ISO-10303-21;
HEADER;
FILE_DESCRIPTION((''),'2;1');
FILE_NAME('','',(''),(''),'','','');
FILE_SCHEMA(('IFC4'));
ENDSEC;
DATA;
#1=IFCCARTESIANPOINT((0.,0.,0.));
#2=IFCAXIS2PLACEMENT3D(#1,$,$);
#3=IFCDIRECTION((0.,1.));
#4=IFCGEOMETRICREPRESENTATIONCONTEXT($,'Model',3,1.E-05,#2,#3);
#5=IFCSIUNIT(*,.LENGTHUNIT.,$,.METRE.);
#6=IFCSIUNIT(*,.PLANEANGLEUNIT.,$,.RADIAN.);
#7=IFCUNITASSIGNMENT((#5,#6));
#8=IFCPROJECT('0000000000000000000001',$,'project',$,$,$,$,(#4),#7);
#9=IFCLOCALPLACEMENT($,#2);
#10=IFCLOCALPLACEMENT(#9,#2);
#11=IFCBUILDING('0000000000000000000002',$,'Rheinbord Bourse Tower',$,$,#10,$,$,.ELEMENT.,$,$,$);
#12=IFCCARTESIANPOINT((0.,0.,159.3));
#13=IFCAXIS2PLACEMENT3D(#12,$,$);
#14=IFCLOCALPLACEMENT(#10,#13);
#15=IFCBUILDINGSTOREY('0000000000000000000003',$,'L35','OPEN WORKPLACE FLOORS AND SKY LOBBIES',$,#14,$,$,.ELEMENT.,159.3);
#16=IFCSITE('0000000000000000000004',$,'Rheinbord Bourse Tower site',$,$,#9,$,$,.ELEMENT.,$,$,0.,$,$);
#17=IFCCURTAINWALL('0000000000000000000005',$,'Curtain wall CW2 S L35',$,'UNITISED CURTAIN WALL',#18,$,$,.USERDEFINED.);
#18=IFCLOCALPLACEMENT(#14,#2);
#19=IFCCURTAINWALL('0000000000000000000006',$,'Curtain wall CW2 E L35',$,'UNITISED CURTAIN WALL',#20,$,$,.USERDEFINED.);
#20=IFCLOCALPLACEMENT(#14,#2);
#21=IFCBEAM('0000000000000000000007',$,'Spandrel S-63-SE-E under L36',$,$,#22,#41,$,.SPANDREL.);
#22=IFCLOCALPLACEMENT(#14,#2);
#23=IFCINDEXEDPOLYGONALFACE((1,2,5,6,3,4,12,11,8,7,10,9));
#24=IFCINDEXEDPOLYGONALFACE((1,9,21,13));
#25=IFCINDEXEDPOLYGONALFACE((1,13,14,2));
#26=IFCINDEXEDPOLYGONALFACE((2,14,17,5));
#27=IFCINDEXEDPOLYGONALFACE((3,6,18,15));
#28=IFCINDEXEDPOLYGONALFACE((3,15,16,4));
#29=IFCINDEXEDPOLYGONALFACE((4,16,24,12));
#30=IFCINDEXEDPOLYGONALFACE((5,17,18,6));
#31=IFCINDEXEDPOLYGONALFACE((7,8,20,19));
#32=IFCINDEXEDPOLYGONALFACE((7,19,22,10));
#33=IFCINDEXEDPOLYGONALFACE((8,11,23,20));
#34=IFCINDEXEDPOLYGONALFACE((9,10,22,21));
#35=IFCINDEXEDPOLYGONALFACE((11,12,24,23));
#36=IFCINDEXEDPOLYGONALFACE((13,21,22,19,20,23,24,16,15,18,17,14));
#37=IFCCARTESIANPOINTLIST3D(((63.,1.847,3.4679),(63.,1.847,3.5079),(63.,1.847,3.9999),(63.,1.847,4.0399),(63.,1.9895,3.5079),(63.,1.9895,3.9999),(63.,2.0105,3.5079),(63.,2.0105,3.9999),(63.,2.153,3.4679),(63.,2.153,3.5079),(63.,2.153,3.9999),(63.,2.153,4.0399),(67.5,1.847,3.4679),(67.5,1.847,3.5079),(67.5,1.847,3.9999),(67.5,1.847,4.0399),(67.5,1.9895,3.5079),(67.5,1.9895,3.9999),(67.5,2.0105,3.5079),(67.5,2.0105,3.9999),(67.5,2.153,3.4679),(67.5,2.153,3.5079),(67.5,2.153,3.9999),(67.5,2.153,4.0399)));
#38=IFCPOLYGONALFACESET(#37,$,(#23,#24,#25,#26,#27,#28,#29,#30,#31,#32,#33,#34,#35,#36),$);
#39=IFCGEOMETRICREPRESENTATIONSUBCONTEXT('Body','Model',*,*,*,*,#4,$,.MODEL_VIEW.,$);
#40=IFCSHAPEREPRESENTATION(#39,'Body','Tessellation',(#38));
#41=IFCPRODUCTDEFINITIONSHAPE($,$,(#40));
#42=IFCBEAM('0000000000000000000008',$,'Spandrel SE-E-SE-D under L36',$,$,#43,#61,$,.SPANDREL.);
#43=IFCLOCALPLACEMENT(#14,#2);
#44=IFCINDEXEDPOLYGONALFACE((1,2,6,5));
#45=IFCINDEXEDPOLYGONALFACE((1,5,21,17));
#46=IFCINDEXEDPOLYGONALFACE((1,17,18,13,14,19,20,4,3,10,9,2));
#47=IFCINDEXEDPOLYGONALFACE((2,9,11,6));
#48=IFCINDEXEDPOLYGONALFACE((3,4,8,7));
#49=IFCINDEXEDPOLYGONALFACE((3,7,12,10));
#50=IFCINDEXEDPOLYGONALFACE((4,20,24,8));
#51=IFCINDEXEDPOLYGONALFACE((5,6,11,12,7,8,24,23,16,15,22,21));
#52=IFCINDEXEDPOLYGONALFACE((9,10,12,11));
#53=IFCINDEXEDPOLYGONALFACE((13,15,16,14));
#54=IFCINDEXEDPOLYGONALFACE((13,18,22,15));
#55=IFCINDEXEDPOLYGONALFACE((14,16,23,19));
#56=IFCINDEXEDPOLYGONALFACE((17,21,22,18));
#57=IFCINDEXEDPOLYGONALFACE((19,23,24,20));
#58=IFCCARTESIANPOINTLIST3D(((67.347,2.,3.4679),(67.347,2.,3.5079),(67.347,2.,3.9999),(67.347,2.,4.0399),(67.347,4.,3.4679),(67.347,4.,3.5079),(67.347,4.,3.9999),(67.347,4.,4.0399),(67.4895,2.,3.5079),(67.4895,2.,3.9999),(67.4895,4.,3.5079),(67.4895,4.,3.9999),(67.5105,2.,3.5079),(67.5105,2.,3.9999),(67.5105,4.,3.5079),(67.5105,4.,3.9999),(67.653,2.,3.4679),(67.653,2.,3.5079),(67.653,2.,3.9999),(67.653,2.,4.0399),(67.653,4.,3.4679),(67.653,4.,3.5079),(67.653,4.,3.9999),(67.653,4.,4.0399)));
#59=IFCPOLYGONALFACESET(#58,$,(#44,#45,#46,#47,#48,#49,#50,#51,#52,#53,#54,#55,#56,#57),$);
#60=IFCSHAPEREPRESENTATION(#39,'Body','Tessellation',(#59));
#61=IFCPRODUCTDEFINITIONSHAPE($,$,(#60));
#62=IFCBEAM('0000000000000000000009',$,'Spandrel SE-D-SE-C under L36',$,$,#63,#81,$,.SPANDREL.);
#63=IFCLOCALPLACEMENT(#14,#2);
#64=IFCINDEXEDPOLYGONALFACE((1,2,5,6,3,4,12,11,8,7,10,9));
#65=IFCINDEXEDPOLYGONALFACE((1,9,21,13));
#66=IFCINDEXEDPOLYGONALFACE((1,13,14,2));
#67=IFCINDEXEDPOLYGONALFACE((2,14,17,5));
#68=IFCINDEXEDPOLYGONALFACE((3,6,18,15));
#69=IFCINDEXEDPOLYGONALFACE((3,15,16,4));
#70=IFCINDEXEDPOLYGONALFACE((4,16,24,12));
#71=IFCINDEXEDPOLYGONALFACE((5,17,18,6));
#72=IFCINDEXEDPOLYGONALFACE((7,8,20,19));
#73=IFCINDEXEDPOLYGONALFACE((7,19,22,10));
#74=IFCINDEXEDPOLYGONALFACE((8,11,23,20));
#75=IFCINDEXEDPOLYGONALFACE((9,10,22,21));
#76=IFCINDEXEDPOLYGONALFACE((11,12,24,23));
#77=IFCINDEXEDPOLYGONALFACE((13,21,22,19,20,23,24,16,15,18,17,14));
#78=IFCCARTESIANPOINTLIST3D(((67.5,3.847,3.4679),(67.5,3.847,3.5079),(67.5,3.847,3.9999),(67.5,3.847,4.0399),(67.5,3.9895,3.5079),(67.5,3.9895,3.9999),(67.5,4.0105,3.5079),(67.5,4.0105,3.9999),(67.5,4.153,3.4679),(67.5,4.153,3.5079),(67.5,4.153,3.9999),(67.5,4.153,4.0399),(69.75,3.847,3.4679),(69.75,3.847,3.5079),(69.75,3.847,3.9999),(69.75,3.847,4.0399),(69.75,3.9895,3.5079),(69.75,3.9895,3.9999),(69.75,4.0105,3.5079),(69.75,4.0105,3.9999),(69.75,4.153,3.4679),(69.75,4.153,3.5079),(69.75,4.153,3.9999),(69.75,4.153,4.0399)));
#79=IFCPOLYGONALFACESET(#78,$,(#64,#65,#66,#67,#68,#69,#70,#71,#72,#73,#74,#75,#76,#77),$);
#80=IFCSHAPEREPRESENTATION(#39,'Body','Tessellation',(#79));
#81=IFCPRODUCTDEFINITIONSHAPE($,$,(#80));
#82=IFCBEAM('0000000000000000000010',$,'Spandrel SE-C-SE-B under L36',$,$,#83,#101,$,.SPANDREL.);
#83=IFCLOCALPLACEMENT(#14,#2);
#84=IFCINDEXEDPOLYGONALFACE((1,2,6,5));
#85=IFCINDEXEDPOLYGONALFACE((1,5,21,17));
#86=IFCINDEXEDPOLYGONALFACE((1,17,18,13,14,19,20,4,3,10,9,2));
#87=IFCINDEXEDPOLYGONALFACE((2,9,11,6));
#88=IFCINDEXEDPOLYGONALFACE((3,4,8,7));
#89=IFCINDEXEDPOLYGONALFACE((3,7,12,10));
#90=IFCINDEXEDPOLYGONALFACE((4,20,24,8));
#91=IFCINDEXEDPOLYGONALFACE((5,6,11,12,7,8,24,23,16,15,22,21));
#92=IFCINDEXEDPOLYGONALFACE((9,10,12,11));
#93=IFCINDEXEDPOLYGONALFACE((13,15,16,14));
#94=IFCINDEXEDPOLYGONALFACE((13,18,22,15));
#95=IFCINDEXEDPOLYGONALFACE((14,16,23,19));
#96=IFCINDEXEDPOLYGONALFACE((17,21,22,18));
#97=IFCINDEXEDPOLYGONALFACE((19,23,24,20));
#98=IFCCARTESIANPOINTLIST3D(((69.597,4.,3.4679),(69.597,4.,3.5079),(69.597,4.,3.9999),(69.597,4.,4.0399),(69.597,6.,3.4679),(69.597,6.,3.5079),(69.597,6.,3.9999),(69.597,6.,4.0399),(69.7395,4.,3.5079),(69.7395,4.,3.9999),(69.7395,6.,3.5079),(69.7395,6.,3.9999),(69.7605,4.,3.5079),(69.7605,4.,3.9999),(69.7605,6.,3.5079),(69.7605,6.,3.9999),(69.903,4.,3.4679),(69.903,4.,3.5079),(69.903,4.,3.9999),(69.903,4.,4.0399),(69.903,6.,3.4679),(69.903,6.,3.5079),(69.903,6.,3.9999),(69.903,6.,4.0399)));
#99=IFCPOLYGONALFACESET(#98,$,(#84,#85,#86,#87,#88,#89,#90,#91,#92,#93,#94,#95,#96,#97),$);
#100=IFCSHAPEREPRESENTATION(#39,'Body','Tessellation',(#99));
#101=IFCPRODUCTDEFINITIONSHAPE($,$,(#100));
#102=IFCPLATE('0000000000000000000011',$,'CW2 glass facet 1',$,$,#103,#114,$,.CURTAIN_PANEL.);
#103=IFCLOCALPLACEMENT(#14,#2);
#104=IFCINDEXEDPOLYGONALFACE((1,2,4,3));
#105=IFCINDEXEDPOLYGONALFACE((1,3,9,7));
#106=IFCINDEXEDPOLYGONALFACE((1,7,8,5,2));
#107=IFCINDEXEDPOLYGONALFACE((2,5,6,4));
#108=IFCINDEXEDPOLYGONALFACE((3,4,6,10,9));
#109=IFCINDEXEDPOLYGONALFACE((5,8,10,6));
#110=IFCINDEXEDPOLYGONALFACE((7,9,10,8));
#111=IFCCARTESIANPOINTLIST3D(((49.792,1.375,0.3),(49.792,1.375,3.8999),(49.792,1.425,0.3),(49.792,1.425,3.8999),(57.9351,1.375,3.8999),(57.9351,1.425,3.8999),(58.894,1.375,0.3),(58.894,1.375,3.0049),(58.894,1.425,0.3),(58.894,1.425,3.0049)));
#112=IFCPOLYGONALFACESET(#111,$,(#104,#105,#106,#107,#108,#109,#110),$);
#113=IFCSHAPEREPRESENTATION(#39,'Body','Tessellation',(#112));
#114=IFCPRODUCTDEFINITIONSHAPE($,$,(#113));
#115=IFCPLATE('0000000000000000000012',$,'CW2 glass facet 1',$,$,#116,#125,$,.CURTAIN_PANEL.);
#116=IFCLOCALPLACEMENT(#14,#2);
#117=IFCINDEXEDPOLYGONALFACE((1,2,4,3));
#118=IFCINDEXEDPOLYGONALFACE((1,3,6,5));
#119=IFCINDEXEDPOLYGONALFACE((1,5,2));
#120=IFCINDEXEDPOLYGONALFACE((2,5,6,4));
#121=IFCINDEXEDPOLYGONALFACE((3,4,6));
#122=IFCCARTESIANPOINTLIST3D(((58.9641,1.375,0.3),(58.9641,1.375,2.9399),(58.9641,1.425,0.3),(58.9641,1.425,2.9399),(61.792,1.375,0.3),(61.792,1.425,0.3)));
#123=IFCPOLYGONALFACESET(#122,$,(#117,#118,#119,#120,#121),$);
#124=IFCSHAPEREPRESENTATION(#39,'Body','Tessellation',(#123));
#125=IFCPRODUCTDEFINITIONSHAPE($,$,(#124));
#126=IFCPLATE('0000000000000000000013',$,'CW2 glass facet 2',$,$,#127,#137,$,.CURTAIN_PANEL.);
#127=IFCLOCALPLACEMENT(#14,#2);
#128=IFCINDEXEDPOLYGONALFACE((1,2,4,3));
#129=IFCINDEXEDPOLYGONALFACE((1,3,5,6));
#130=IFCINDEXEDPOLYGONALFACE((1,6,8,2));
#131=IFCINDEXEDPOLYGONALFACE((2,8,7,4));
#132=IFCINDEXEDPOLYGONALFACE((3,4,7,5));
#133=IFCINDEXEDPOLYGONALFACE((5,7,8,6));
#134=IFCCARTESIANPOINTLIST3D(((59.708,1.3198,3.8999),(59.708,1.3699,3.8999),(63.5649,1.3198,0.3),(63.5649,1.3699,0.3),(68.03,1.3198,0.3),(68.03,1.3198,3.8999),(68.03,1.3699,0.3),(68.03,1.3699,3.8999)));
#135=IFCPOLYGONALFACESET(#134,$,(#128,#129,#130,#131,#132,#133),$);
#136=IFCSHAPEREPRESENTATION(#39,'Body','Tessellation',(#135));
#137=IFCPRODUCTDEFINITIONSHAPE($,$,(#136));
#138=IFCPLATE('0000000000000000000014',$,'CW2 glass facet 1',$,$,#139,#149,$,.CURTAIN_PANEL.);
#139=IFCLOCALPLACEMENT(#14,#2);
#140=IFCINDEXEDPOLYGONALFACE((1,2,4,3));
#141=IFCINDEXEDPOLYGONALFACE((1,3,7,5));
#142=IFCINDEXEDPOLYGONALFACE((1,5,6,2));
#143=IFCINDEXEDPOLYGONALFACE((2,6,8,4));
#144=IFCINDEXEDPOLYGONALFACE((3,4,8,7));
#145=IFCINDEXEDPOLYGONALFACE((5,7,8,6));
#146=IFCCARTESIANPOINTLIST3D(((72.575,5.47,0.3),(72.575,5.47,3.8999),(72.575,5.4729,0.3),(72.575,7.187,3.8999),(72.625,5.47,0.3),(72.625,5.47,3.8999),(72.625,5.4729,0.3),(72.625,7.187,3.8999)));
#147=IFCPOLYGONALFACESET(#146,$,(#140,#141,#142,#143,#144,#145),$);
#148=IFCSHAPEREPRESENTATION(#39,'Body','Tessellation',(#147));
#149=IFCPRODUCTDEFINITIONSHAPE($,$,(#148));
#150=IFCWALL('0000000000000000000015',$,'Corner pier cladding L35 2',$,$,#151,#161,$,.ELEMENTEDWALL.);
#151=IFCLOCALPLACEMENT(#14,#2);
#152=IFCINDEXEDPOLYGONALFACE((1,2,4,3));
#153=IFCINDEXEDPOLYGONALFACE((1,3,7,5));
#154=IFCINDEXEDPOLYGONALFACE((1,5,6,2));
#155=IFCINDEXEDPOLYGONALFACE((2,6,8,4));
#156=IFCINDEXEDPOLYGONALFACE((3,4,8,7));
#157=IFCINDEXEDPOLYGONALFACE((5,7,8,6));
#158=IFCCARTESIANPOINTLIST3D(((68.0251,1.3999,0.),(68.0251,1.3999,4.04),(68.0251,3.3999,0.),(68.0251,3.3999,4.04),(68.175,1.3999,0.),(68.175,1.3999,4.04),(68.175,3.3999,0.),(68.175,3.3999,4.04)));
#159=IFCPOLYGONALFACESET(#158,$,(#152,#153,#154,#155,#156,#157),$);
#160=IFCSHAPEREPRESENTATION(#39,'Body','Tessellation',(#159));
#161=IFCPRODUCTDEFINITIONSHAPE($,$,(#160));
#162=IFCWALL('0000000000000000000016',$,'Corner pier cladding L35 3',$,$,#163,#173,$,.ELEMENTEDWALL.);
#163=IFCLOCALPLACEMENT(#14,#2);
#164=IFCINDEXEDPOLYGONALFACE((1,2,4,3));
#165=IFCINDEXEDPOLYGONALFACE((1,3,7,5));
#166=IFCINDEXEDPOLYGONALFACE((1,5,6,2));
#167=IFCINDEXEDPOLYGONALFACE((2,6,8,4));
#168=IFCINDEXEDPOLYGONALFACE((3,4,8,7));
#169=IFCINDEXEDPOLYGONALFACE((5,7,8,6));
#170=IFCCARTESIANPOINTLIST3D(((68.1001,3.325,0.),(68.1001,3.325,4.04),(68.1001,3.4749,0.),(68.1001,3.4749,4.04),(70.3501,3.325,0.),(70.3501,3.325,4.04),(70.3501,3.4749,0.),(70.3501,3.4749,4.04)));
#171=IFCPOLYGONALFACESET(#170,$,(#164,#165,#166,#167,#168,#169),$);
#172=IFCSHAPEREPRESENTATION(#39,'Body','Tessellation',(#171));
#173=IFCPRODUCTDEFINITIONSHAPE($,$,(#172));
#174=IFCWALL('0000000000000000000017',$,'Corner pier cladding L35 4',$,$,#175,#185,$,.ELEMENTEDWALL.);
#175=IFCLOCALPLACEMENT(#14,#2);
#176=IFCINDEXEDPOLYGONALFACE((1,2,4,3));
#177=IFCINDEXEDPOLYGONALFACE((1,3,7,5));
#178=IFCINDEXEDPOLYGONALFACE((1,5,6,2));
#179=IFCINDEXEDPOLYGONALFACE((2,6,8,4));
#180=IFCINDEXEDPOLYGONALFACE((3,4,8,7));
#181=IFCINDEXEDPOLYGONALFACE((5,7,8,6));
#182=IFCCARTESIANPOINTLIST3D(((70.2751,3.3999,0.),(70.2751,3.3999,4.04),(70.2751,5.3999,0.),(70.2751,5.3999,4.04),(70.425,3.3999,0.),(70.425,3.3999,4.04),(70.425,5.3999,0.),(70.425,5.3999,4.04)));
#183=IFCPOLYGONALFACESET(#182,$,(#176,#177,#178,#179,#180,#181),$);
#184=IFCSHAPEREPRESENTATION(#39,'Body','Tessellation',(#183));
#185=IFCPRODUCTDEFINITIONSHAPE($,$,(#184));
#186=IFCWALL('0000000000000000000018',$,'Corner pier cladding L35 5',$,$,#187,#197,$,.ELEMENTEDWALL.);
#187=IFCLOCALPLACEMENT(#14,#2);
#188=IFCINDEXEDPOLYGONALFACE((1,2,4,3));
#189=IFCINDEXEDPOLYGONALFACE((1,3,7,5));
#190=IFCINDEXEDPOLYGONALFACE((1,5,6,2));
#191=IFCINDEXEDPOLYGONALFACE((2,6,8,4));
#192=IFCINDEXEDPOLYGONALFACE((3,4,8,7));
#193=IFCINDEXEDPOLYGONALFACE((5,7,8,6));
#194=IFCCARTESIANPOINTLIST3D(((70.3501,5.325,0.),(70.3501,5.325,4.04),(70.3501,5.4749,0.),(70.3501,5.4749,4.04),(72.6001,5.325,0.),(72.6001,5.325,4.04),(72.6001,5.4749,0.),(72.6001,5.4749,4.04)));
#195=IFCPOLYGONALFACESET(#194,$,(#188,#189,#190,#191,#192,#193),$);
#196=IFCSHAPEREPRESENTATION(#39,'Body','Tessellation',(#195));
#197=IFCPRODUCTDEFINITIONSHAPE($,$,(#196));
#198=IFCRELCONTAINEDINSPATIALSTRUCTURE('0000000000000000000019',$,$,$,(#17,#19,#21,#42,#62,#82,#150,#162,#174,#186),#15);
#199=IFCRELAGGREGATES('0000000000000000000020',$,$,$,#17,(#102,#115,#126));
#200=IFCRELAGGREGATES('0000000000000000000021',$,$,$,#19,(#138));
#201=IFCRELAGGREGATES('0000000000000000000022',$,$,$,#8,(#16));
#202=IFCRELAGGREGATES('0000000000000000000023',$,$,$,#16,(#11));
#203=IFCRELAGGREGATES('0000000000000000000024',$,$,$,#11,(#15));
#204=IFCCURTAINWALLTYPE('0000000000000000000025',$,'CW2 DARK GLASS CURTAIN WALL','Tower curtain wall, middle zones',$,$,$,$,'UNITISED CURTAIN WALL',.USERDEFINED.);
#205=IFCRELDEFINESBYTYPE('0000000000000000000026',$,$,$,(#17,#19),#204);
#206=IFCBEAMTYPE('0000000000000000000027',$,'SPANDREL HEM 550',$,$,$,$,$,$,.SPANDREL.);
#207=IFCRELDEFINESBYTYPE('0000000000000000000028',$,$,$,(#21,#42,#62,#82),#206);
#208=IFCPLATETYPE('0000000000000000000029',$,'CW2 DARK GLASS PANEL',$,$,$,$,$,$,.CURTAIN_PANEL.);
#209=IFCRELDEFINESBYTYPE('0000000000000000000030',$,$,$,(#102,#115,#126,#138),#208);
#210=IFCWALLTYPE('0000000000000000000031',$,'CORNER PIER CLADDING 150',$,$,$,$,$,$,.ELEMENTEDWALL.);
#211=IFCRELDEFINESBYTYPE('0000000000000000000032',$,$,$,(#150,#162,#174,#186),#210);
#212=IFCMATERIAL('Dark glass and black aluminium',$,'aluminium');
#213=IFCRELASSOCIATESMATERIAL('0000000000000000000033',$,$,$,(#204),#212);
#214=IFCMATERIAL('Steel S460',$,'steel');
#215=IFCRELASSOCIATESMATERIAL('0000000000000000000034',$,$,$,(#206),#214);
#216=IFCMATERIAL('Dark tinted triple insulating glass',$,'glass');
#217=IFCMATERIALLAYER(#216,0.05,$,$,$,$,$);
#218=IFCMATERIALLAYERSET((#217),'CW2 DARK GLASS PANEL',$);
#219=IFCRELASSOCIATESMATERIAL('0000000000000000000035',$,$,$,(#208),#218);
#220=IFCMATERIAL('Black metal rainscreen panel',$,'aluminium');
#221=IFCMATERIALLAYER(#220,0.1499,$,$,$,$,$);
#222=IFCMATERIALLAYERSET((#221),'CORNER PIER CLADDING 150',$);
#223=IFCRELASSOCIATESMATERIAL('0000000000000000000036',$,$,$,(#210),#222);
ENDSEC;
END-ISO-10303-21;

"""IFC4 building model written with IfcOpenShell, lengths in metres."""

from ifc_helpers import new_model, si_unit, direction, frame, frame_2d, origin, origin_2d, place, context, subcontext, project, spatial, polyline, rectangle, i_section, outline, extrude, material, layer, layer_set, material_profile, profile_set, type_object, element, aggregate, save


model = new_model("IFC4")

# Units and contexts
model_context = context("Model", 3, precision=1e-05, world=origin(), true_north=direction((0.0, 1.0)))
body_context = subcontext(model_context, "Body", "Model", "MODEL_VIEW")
ifc_project = project(units=[si_unit("LENGTHUNIT", "METRE"), si_unit("PLANEANGLEUNIT", "RADIAN")], contexts=[model_context])

# Site, building, storey
site_placement = place(None, origin())
site = spatial("IfcSite", under=ifc_project, at=site_placement, Name="Rheinbord Bourse Tower site", CompositionType="ELEMENT", RefElevation=0.0)
building_placement = place(site_placement, origin())
building = spatial("IfcBuilding", under=site, at=building_placement, Name="Rheinbord Bourse Tower", CompositionType="ELEMENT")
storey_placement = place(building_placement, frame((0.0, 0.0, 159.3)))
storey = spatial("IfcBuildingStorey", under=building, at=storey_placement, Name="L35", Description="OPEN WORKPLACE FLOORS AND SKY LOBBIES", CompositionType="ELEMENT", Elevation=159.3)

# Curtain wall
ifc_material_1 = material(Name="Dark glass and black aluminium", Category="aluminium")
curtain_wall_type = type_object("IfcCurtainWallType", Name="CW2 DARK GLASS CURTAIN WALL", Description="Tower curtain wall, middle zones", ElementType="UNITISED CURTAIN WALL", PredefinedType="USERDEFINED", material=ifc_material_1)
curtain_wall_1_placement = place(storey_placement, origin())
curtain_wall_1 = element("IfcCurtainWall", 1, at=curtain_wall_1_placement, inside=storey, type_object=curtain_wall_type, Name="Curtain wall CW2 S L35", ObjectType="UNITISED CURTAIN WALL", PredefinedType="USERDEFINED")

# Curtain wall
curtain_wall_2_placement = place(storey_placement, origin())
curtain_wall_2 = element("IfcCurtainWall", 2, at=curtain_wall_2_placement, inside=storey, type_object=curtain_wall_type, Name="Curtain wall CW2 E L35", ObjectType="UNITISED CURTAIN WALL", PredefinedType="USERDEFINED")

# Beams
ifc_material_2 = material(Name="Steel S460", Category="steel")
ifc_material_profile_1 = material_profile(ifc_material_2, i_section(OverallWidth=0.3059, OverallDepth=0.572, WebThickness=0.021, FlangeThickness=0.04, at=origin_2d()), Name="HEM 550")
ifc_profile_set_1 = profile_set([ifc_material_profile_1], Name="Steel S460")
beam_type_1 = type_object("IfcBeamType", Name="SPANDREL HEM 550", PredefinedType="SPANDREL", material=ifc_profile_set_1)
for number, where, z_axis, x_axis, name in (
    (3, (63.0, 2.0, 3.7539), (1.0, 0.0, 0.0), (0.0, 1.0, 0.0), "Spandrel S-63-SE-E under L36"),
):
    element("IfcBeam", number, at=place(storey_placement, frame(where, z_axis=z_axis, x_axis=x_axis)), inside=storey, type_object=beam_type_1, Name=name, PredefinedType="SPANDREL", context=body_context, shape_type="SweptSolid", body=[
        extrude(i_section(OverallWidth=0.3059, OverallDepth=0.572, WebThickness=0.021, FlangeThickness=0.04, at=origin_2d()), origin(), (0.0, 0.0, 1.0), 4.5),
    ])
beam_1_placement = place(storey_placement, frame((67.5, 2.0, 3.7539), z_axis=(0.0, 1.0, 0.0), x_axis=(-1.0, 0.0, 0.0)))
element("IfcBeam", 4, at=beam_1_placement, inside=storey, type_object=beam_type_1, Name="Spandrel SE-E-SE-D under L36", PredefinedType="SPANDREL", context=body_context, shape_type="SweptSolid", body=[
    extrude(i_section(OverallWidth=0.3059, OverallDepth=0.572, WebThickness=0.021, FlangeThickness=0.04, at=origin_2d()), origin(), (0.0, 0.0, 1.0), 2.0),
])
beam_2_placement = place(storey_placement, frame((67.5, 4.0, 3.7539), z_axis=(1.0, 0.0, 0.0), x_axis=(0.0, 1.0, 0.0)))
element("IfcBeam", 5, at=beam_2_placement, inside=storey, type_object=beam_type_1, Name="Spandrel SE-D-SE-C under L36", PredefinedType="SPANDREL", context=body_context, shape_type="SweptSolid", body=[
    extrude(i_section(OverallWidth=0.3059, OverallDepth=0.572, WebThickness=0.021, FlangeThickness=0.04, at=origin_2d()), origin(), (0.0, 0.0, 1.0), 2.25),
])
beam_3_placement = place(storey_placement, frame((69.75, 4.0, 3.7539), z_axis=(0.0, 1.0, 0.0), x_axis=(-1.0, 0.0, 0.0)))
element("IfcBeam", 6, at=beam_3_placement, inside=storey, type_object=beam_type_1, Name="Spandrel SE-C-SE-B under L36", PredefinedType="SPANDREL", context=body_context, shape_type="SweptSolid", body=[
    extrude(i_section(OverallWidth=0.3059, OverallDepth=0.572, WebThickness=0.021, FlangeThickness=0.04, at=origin_2d()), origin(), (0.0, 0.0, 1.0), 2.0),
])

# Plates
ifc_material_3 = material(Name="Dark tinted triple insulating glass", Category="glass")
ifc_layer_1 = layer(ifc_material_3, 0.05)
ifc_layer_set_1 = layer_set([ifc_layer_1], Name="CW2 DARK GLASS PANEL")
plate_type = type_object("IfcPlateType", Name="CW2 DARK GLASS PANEL", PredefinedType="CURTAIN_PANEL", material=ifc_layer_set_1)
plate_1_placement = place(storey_placement, frame((58.894, 1.375, 0.3), z_axis=(0.0, 1.0, 0.0), x_axis=(-1.0, 0.0, 0.0)))
plate_1 = element("IfcPlate", 7, at=plate_1_placement, type_object=plate_type, Name="CW2 glass facet 1", PredefinedType="CURTAIN_PANEL", context=body_context, shape_type="SweptSolid", body=[
    extrude(outline(polyline([(0.0, 0.0), (9.1021, 0.0), (9.1021, 3.5999), (0.959, 3.5999), (0.0, 2.7048), (0.0, 0.0)])), origin(), (0.0, 0.0, 1.0), 0.05),
])
plate_2_placement = place(storey_placement, frame((58.9641, 1.375, 0.3), z_axis=(0.0, 1.0, 0.0), x_axis=(0.0, 0.0, 1.0)))
plate_2 = element("IfcPlate", 8, at=plate_2_placement, type_object=plate_type, Name="CW2 glass facet 1", PredefinedType="CURTAIN_PANEL", context=body_context, shape_type="SweptSolid", body=[
    extrude(outline(polyline([(0.0, 0.0), (2.6399, 0.0), (0.0, 2.8279), (0.0, 0.0)])), origin(), (0.0, 0.0, 1.0), 0.05),
])
plate_3_placement = place(storey_placement, frame((68.03, 1.3198, 3.8999), z_axis=(0.0, 1.0, 0.0), x_axis=(0.0, 0.0, -1.0)))
plate_3 = element("IfcPlate", 9, at=plate_3_placement, type_object=plate_type, Name="CW2 glass facet 2", PredefinedType="CURTAIN_PANEL", context=body_context, shape_type="SweptSolid", body=[
    extrude(outline(polyline([(0.0, 0.0), (3.5999, 0.0), (3.5999, 4.4651), (0.0, 8.322), (0.0, 0.0)])), origin(), (0.0, 0.0, 1.0), 0.05),
])
aggregate(curtain_wall_1, [plate_1, plate_2, plate_3])
plate_4_placement = place(storey_placement, frame((72.625, 5.47, 0.3), z_axis=(-1.0, 0.0, 0.0), x_axis=(0.0, 0.0, 1.0)))
plate_4 = element("IfcPlate", 10, at=plate_4_placement, type_object=plate_type, Name="CW2 glass facet 1", PredefinedType="CURTAIN_PANEL", context=body_context, shape_type="SweptSolid", body=[
    extrude(outline(polyline([(0.0, 0.0), (3.5999, 0.0), (3.5999, 1.717), (0.0, 0.0029), (0.0, 0.0)])), origin(), (0.0, 0.0, 1.0), 0.05),
])
aggregate(curtain_wall_2, [plate_4])

# Walls
ifc_material_4 = material(Name="Black metal rainscreen panel", Category="aluminium")
ifc_layer_2 = layer(ifc_material_4, 0.1499)
ifc_layer_set_2 = layer_set([ifc_layer_2], Name="CORNER PIER CLADDING 150")
wall_type = type_object("IfcWallType", Name="CORNER PIER CLADDING 150", PredefinedType="ELEMENTEDWALL", material=ifc_layer_set_2)
wall_1_placement = place(storey_placement, frame((68.1001, 1.3999, 0.0), z_axis=(0.0, 0.0, 1.0), x_axis=(0.0, 1.0, 0.0)))
element("IfcWall", 11, at=wall_1_placement, inside=storey, type_object=wall_type, Name="Corner pier cladding L35 2", PredefinedType="ELEMENTEDWALL", context=body_context, shape_type="SweptSolid", body=[
    extrude(rectangle(XDim=2.0, YDim=0.1499, at=frame_2d((1.0, 0.0))), origin(), (0.0, 0.0, 1.0), 4.04),
])
wall_2_placement = place(storey_placement, frame((68.1001, 3.3999, 0.0), z_axis=(0.0, 0.0, 1.0), x_axis=(1.0, 0.0, 0.0)))
element("IfcWall", 12, at=wall_2_placement, inside=storey, type_object=wall_type, Name="Corner pier cladding L35 3", PredefinedType="ELEMENTEDWALL", context=body_context, shape_type="SweptSolid", body=[
    extrude(rectangle(XDim=2.25, YDim=0.1499, at=frame_2d((1.125, 0.0))), origin(), (0.0, 0.0, 1.0), 4.04),
])
wall_3_placement = place(storey_placement, frame((70.3501, 3.3999, 0.0), z_axis=(0.0, 0.0, 1.0), x_axis=(0.0, 1.0, 0.0)))
element("IfcWall", 13, at=wall_3_placement, inside=storey, type_object=wall_type, Name="Corner pier cladding L35 4", PredefinedType="ELEMENTEDWALL", context=body_context, shape_type="SweptSolid", body=[
    extrude(rectangle(XDim=2.0, YDim=0.1499, at=frame_2d((1.0, 0.0))), origin(), (0.0, 0.0, 1.0), 4.04),
])
wall_4_placement = place(storey_placement, frame((70.3501, 5.3999, 0.0), z_axis=(0.0, 0.0, 1.0), x_axis=(1.0, 0.0, 0.0)))
element("IfcWall", 14, at=wall_4_placement, inside=storey, type_object=wall_type, Name="Corner pier cladding L35 5", PredefinedType="ELEMENTEDWALL", context=body_context, shape_type="SweptSolid", body=[
    extrude(rectangle(XDim=2.25, YDim=0.1499, at=frame_2d((1.125, 0.0))), origin(), (0.0, 0.0, 1.0), 4.04),
])

save(model, "model.ifc")
